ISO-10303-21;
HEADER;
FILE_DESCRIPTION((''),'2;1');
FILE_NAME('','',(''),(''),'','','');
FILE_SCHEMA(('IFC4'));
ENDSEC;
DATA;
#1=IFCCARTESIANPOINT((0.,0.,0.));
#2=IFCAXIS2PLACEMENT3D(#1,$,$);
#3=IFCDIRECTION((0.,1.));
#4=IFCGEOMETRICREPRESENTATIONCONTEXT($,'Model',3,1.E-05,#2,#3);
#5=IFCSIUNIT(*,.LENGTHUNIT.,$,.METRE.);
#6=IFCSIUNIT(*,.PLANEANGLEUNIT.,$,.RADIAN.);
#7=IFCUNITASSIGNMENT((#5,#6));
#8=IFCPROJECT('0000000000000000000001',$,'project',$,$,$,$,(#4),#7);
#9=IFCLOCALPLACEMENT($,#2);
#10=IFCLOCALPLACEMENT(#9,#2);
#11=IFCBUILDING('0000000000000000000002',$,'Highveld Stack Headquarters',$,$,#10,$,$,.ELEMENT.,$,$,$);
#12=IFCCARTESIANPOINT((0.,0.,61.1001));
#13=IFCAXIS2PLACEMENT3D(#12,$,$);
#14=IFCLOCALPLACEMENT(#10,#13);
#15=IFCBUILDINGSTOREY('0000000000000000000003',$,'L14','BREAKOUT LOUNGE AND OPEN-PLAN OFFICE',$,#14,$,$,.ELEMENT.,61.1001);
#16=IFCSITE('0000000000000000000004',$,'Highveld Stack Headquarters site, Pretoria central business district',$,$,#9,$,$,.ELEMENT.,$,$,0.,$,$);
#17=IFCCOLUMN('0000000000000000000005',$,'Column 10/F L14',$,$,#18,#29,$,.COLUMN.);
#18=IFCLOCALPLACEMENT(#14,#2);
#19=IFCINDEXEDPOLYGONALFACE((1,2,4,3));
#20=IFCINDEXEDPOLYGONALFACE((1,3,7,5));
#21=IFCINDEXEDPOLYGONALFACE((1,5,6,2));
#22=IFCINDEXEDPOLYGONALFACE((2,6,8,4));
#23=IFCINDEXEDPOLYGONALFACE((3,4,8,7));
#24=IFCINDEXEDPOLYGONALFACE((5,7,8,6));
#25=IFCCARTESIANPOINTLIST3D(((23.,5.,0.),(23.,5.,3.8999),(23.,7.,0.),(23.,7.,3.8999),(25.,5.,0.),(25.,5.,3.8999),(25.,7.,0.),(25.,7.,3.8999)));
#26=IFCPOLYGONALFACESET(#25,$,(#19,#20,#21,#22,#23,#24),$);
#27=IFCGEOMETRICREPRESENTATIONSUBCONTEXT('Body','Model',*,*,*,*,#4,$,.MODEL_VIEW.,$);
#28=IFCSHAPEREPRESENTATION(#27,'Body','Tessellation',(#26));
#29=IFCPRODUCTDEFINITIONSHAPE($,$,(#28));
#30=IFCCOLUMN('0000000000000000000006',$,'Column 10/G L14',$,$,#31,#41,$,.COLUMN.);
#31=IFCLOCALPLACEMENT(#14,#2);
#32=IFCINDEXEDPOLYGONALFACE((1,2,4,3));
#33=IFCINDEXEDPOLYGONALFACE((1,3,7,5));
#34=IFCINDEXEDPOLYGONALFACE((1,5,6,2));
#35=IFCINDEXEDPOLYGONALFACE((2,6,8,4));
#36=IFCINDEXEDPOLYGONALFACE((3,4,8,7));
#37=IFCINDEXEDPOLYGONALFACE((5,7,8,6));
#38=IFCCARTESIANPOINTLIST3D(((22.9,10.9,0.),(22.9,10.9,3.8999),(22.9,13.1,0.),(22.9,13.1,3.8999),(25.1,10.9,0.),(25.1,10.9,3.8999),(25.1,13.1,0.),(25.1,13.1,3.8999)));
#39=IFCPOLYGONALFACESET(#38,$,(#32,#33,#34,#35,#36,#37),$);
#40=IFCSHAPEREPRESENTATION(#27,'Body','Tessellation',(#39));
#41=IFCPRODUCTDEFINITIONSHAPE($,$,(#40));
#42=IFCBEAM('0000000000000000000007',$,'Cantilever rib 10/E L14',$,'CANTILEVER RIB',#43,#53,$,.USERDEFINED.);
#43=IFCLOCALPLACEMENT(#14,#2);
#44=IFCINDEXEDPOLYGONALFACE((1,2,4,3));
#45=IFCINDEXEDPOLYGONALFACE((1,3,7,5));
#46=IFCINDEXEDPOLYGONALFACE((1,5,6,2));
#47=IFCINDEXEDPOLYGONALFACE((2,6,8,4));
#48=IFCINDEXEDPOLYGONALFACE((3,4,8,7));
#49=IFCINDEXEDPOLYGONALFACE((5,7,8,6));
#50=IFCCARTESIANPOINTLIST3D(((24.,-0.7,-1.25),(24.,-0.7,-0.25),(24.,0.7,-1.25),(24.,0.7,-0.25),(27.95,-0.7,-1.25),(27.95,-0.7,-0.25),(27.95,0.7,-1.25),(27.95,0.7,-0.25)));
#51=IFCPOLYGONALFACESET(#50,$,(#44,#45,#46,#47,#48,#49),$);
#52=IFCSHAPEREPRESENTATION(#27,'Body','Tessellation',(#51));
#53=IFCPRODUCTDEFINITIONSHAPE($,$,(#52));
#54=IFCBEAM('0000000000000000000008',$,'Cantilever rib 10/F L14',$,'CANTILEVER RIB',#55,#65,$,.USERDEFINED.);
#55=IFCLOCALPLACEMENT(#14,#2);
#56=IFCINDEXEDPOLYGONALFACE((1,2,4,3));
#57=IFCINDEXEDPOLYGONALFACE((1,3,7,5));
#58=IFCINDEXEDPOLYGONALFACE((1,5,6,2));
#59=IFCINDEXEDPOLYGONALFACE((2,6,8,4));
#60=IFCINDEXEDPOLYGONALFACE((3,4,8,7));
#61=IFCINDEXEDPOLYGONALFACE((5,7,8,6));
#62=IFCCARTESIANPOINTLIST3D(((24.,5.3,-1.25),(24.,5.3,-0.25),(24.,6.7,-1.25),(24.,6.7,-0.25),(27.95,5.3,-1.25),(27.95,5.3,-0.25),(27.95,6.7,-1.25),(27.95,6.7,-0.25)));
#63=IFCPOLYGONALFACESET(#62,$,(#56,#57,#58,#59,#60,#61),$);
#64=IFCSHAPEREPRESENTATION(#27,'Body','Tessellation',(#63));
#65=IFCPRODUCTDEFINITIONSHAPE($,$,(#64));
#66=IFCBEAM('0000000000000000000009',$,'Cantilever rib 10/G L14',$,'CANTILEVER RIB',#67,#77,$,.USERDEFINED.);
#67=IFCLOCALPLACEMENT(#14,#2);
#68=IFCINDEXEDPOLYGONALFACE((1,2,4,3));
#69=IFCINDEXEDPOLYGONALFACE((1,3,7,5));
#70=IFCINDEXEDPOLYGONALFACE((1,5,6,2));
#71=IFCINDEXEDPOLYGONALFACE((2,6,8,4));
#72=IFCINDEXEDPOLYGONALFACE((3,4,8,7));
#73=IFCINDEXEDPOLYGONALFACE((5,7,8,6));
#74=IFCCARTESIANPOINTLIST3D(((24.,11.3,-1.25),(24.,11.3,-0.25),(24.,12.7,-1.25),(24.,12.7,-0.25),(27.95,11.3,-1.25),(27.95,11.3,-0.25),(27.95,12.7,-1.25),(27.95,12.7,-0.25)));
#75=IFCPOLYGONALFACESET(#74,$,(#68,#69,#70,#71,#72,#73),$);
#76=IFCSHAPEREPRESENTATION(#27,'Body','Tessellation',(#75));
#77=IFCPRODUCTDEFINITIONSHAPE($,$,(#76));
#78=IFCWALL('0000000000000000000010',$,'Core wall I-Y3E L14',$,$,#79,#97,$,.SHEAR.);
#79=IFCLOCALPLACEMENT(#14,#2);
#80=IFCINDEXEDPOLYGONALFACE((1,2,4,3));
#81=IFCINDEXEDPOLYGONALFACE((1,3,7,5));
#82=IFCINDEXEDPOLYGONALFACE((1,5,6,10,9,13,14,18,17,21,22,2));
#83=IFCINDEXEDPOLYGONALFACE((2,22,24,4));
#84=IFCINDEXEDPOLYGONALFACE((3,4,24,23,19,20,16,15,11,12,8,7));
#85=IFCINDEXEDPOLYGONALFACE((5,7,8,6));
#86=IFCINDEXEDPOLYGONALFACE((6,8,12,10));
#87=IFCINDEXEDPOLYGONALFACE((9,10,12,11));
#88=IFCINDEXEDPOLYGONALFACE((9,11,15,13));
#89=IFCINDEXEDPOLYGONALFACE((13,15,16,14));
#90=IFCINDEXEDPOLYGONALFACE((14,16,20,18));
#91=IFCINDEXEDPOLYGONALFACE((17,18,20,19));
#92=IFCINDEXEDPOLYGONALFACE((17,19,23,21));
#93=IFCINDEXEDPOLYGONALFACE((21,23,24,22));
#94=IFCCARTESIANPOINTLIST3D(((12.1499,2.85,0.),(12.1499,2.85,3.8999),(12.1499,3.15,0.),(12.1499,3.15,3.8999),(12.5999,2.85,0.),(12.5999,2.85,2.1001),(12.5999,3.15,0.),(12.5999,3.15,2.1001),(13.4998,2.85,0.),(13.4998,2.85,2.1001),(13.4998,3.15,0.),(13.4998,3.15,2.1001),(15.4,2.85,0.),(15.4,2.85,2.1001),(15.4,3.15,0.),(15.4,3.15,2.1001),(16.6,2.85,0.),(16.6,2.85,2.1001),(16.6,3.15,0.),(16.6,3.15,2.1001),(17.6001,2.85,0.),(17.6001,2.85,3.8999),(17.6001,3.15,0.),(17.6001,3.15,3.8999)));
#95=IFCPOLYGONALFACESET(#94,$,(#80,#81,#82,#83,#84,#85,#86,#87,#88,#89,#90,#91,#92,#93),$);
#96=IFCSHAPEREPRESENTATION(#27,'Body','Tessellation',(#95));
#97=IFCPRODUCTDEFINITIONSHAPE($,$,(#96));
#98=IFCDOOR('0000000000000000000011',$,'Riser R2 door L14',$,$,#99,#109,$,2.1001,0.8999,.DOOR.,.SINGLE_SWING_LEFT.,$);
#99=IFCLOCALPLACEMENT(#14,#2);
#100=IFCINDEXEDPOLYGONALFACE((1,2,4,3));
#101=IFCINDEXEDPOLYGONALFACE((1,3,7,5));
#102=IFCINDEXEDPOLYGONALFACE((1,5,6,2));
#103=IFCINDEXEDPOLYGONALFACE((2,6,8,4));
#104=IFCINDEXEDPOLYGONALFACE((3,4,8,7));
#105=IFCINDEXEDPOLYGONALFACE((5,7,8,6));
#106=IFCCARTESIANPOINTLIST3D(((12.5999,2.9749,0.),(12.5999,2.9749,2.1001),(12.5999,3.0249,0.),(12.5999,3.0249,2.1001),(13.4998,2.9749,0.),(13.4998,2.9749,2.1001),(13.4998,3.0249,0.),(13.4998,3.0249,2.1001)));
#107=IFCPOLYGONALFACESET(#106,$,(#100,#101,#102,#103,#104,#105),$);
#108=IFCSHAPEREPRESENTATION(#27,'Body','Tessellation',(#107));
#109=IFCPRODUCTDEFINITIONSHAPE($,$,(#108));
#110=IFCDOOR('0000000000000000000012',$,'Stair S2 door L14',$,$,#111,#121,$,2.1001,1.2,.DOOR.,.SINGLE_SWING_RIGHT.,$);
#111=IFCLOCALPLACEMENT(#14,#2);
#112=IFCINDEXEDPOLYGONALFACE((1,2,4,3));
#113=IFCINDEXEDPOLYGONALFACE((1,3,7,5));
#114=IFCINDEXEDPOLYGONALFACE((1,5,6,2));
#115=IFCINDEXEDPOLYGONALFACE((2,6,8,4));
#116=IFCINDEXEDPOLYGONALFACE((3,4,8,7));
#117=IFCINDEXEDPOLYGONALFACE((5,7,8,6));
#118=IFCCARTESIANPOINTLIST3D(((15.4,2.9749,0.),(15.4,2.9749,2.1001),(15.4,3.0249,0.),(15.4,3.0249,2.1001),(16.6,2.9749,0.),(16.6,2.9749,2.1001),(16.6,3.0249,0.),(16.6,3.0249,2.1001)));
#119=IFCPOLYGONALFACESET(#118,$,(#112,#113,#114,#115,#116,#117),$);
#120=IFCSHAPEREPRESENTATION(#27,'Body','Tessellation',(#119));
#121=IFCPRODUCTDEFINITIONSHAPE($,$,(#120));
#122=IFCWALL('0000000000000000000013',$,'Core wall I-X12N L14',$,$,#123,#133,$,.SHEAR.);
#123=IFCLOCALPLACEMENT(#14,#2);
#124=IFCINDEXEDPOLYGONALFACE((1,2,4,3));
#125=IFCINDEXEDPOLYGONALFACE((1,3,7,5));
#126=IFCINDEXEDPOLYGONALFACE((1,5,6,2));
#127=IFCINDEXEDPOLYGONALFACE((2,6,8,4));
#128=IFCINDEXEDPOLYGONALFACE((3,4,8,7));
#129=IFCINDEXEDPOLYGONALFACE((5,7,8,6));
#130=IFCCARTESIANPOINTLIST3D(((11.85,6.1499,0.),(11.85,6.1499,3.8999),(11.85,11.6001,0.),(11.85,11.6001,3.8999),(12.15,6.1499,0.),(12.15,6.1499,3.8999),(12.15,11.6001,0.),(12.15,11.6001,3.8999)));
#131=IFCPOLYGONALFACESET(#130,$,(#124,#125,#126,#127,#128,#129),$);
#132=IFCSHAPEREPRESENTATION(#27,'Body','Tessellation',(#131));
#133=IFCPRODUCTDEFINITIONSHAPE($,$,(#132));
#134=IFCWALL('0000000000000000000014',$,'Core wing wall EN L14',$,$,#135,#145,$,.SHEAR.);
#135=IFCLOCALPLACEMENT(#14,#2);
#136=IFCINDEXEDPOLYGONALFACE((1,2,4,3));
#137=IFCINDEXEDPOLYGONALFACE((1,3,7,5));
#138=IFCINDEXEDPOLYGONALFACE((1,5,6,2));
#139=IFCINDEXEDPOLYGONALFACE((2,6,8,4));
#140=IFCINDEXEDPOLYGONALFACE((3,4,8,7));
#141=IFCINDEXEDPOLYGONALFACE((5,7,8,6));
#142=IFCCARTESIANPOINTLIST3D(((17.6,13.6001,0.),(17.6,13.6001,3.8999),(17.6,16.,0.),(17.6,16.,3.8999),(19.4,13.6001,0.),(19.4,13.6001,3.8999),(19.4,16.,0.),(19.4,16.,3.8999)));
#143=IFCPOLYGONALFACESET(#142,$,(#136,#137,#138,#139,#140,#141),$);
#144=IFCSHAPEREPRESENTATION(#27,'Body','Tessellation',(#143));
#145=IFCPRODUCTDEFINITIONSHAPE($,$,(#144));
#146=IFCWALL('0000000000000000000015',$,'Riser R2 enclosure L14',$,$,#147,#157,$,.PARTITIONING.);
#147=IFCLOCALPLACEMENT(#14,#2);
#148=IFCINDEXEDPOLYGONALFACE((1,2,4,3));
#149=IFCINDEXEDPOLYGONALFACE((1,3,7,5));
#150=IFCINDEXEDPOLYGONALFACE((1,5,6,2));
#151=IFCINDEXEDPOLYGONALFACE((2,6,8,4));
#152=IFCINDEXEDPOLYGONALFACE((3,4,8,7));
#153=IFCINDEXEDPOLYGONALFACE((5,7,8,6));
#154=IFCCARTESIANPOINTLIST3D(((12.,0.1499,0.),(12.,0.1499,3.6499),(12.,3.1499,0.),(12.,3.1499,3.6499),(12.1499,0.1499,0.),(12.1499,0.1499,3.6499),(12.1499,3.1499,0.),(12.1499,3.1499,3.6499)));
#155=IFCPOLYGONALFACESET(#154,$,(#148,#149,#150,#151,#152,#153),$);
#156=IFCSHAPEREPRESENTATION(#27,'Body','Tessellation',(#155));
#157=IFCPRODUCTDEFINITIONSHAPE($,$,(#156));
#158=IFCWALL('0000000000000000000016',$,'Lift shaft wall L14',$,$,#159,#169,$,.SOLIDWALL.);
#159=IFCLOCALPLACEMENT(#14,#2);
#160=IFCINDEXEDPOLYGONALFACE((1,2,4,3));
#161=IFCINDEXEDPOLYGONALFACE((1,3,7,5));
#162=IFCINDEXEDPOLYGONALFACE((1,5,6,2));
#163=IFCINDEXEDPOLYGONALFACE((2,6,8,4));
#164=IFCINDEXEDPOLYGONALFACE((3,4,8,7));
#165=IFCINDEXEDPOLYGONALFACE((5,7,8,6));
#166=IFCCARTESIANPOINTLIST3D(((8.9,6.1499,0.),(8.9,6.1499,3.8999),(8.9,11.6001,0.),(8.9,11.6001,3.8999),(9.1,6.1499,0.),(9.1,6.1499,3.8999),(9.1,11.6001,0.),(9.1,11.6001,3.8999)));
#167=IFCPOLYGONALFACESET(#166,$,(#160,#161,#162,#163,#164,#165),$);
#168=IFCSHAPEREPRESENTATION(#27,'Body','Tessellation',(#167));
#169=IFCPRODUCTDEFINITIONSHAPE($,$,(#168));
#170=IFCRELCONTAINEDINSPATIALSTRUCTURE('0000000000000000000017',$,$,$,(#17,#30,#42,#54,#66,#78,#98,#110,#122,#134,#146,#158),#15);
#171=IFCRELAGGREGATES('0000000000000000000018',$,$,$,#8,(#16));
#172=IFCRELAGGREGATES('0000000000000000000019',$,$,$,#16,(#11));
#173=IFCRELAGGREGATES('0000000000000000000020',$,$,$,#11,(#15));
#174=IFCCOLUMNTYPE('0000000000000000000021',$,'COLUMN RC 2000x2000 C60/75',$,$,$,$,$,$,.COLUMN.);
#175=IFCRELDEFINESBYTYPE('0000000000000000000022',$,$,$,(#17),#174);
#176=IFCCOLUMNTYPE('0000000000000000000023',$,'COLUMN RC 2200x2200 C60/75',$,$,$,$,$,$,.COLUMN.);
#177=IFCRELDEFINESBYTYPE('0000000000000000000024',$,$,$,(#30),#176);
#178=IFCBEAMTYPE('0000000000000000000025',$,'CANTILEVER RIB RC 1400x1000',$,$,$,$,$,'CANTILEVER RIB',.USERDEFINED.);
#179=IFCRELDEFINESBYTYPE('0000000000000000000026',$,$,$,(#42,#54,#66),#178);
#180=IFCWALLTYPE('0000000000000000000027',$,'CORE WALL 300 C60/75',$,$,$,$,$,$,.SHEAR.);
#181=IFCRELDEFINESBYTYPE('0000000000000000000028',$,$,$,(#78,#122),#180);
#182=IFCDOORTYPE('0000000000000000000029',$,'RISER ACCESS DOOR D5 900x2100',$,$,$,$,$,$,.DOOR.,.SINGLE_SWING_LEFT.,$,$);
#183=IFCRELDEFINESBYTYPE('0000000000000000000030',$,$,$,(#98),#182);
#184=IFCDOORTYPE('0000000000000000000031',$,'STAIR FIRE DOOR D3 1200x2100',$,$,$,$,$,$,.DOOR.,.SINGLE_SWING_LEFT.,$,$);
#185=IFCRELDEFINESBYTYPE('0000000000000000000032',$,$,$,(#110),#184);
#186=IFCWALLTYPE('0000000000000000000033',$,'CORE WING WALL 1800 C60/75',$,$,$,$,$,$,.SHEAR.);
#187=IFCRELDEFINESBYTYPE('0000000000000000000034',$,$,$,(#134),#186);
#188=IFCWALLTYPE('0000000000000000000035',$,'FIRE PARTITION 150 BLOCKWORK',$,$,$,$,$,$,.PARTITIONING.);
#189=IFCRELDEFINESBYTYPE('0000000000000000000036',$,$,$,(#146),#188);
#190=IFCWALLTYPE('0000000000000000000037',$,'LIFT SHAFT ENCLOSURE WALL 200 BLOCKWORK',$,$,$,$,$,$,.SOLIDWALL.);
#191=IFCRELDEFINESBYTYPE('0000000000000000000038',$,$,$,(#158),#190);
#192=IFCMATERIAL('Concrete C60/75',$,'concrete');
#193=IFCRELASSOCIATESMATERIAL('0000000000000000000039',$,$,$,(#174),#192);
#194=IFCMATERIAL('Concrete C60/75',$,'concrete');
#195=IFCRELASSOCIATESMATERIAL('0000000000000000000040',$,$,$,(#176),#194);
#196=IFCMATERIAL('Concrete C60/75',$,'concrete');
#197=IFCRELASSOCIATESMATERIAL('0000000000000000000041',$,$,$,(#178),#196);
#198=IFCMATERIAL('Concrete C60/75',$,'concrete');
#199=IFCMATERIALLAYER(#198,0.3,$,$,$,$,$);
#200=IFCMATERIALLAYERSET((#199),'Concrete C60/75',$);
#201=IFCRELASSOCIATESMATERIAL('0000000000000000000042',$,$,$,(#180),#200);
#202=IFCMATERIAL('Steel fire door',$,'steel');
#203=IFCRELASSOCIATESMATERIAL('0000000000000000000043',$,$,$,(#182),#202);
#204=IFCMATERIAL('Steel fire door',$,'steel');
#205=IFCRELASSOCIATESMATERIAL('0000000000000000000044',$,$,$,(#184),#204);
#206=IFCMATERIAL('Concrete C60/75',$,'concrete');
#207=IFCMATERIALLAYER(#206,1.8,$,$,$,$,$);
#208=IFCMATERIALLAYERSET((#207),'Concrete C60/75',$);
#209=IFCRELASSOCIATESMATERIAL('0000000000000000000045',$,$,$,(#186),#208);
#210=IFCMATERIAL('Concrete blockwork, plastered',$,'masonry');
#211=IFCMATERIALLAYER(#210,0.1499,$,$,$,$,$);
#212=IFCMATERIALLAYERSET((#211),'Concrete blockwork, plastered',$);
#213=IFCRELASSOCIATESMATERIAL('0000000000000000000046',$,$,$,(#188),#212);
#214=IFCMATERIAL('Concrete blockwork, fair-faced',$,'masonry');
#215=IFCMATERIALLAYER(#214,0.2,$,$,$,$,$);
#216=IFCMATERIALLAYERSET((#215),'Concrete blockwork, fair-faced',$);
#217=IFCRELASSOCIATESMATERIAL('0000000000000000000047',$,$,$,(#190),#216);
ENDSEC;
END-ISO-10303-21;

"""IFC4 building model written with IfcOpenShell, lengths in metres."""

from ifc_helpers import new_model, si_unit, direction, frame, frame_2d, origin, origin_2d, place, context, subcontext, project, spatial, rectangle, extrude, material, layer, layer_set, material_profile, profile_set, type_object, element, fill, save


model = new_model("IFC4")

# Units and contexts
model_context = context("Model", 3, precision=1e-05, world=origin(), true_north=direction((0.0, 1.0)))
body_context = subcontext(model_context, "Body", "Model", "MODEL_VIEW")
ifc_project = project(units=[si_unit("LENGTHUNIT", "METRE"), si_unit("PLANEANGLEUNIT", "RADIAN")], contexts=[model_context])

# Site, building, storey
site_placement = place(None, origin())
site = spatial("IfcSite", under=ifc_project, at=site_placement, Name="Highveld Stack Headquarters site, Pretoria central business district", CompositionType="ELEMENT", RefElevation=0.0)
building_placement = place(site_placement, origin())
building = spatial("IfcBuilding", under=site, at=building_placement, Name="Highveld Stack Headquarters", CompositionType="ELEMENT")
storey_placement = place(building_placement, frame((0.0, 0.0, 61.1001)))
storey = spatial("IfcBuildingStorey", under=building, at=storey_placement, Name="L14", Description="BREAKOUT LOUNGE AND OPEN-PLAN OFFICE", CompositionType="ELEMENT", Elevation=61.1001)

# Columns
ifc_material_1 = material(Name="Concrete C60/75", Category="concrete")
ifc_material_profile_1 = material_profile(ifc_material_1, rectangle(XDim=2.0, YDim=2.0, at=origin_2d()), Name="RC 2000x2000")
ifc_profile_set_1 = profile_set([ifc_material_profile_1], Name="Concrete C60/75")
column_type_1 = type_object("IfcColumnType", Name="COLUMN RC 2000x2000 C60/75", PredefinedType="COLUMN", material=ifc_profile_set_1)
column_1_placement = place(storey_placement, frame((24.0, 6.0, 0.0), z_axis=(0.0, 0.0, 1.0), x_axis=(1.0, 0.0, 0.0)))
element("IfcColumn", 1, at=column_1_placement, inside=storey, type_object=column_type_1, Name="Column 10/F L14", PredefinedType="COLUMN", context=body_context, shape_type="SweptSolid", body=[
    extrude(rectangle(XDim=2.0, YDim=2.0, at=origin_2d()), origin(), (0.0, 0.0, 1.0), 3.8999),
])
ifc_material_2 = material(Name="Concrete C60/75", Category="concrete")
ifc_material_profile_2 = material_profile(ifc_material_2, rectangle(XDim=2.2, YDim=2.2, at=origin_2d()), Name="RC 2200x2200")
ifc_profile_set_2 = profile_set([ifc_material_profile_2], Name="Concrete C60/75")
column_type_2 = type_object("IfcColumnType", Name="COLUMN RC 2200x2200 C60/75", PredefinedType="COLUMN", material=ifc_profile_set_2)
column_2_placement = place(storey_placement, frame((24.0, 12.0, 0.0), z_axis=(0.0, 0.0, 1.0), x_axis=(1.0, 0.0, 0.0)))
element("IfcColumn", 2, at=column_2_placement, inside=storey, type_object=column_type_2, Name="Column 10/G L14", PredefinedType="COLUMN", context=body_context, shape_type="SweptSolid", body=[
    extrude(rectangle(XDim=2.2, YDim=2.2, at=origin_2d()), origin(), (0.0, 0.0, 1.0), 3.8999),
])

# Beams
ifc_material_3 = material(Name="Concrete C60/75", Category="concrete")
ifc_material_profile_3 = material_profile(ifc_material_3, rectangle(XDim=1.3999, YDim=1.0, at=origin_2d()), Name="RC 1400x1000")
ifc_profile_set_3 = profile_set([ifc_material_profile_3], Name="Concrete C60/75")
beam_type = type_object("IfcBeamType", Name="CANTILEVER RIB RC 1400x1000", ElementType="CANTILEVER RIB", PredefinedType="USERDEFINED", material=ifc_profile_set_3)
for number, where, z_axis, x_axis, name in (
    (3, (24.0, 0.0, -0.75), (1.0, 0.0, 0.0), (0.0, 1.0, 0.0), "Cantilever rib 10/E L14"),
    (4, (24.0, 6.0, -0.75), (1.0, 0.0, 0.0), (0.0, 1.0, 0.0), "Cantilever rib 10/F L14"),
    (5, (24.0, 12.0, -0.75), (1.0, 0.0, 0.0), (0.0, 1.0, 0.0), "Cantilever rib 10/G L14"),
):
    element("IfcBeam", number, at=place(storey_placement, frame(where, z_axis=z_axis, x_axis=x_axis)), inside=storey, type_object=beam_type, Name=name, ObjectType="CANTILEVER RIB", PredefinedType="USERDEFINED", context=body_context, shape_type="SweptSolid", body=[
        extrude(rectangle(XDim=1.3999, YDim=1.0, at=origin_2d()), origin(), (0.0, 0.0, 1.0), 3.95),
    ])

# Wall, openings, doors
ifc_material_4 = material(Name="Concrete C60/75", Category="concrete")
ifc_layer_1 = layer(ifc_material_4, 0.3)
ifc_layer_set_1 = layer_set([ifc_layer_1], Name="Concrete C60/75")
wall_type_1 = type_object("IfcWallType", Name="CORE WALL 300 C60/75", PredefinedType="SHEAR", material=ifc_layer_set_1)
wall_1_placement = place(storey_placement, frame((12.1499, 3.0, 0.0), z_axis=(0.0, 0.0, 1.0), x_axis=(1.0, 0.0, 0.0)))
wall_1 = element("IfcWall", 6, at=wall_1_placement, inside=storey, type_object=wall_type_1, Name="Core wall I-Y3E L14", PredefinedType="SHEAR", context=body_context, shape_type="SweptSolid", body=[
    extrude(rectangle(XDim=5.4502, YDim=0.3, at=frame_2d((2.7251, 0.0))), origin(), (0.0, 0.0, 1.0), 3.8999),
])
opening_1_placement = place(wall_1_placement, frame((3.25, 0.0, 0.0)))
opening_1 = element("IfcOpeningElement", 7, at=opening_1_placement, cuts=wall_1, PredefinedType="OPENING", context=body_context, shape_type="SweptSolid", body=[
    extrude(rectangle(XDim=1.2, YDim=2.1001, at=frame_2d((0.6001, 1.05))), frame((0.0, 0.1599, 0.0), z_axis=(0.0, -1.0, 0.0), x_axis=(1.0, 0.0, 0.0)), (0.0, 0.0, 1.0), 0.3201),
])
opening_2_placement = place(wall_1_placement, frame((0.45, 0.0, 0.0)))
opening_2 = element("IfcOpeningElement", 8, at=opening_2_placement, cuts=wall_1, PredefinedType="OPENING", context=body_context, shape_type="SweptSolid", body=[
    extrude(rectangle(XDim=0.8999, YDim=2.1001, at=frame_2d((0.45, 1.05))), frame((0.0, 0.1599, 0.0), z_axis=(0.0, -1.0, 0.0), x_axis=(1.0, 0.0, 0.0)), (0.0, 0.0, 1.0), 0.3201),
])
ifc_material_5 = material(Name="Steel fire door", Category="steel")
door_type_1 = type_object("IfcDoorType", Name="RISER ACCESS DOOR D5 900x2100", OperationType="SINGLE_SWING_LEFT", PredefinedType="DOOR", material=ifc_material_5)
door_1_placement = place(opening_2_placement, origin())
door_1 = element("IfcDoor", 9, at=door_1_placement, inside=storey, type_object=door_type_1, Name="Riser R2 door L14", OperationType="SINGLE_SWING_LEFT", OverallHeight=2.1001, OverallWidth=0.8999, PredefinedType="DOOR", context=body_context, shape_type="SweptSolid", body=[
    extrude(rectangle(XDim=0.8999, YDim=2.1001, at=frame_2d((0.45, 1.05))), frame((0.0, 0.0249, 0.0), z_axis=(0.0, -1.0, 0.0), x_axis=(1.0, 0.0, 0.0)), (0.0, 0.0, 1.0), 0.05),
])
fill(opening_2, door_1)
ifc_material_6 = material(Name="Steel fire door", Category="steel")
door_type_2 = type_object("IfcDoorType", Name="STAIR FIRE DOOR D3 1200x2100", OperationType="SINGLE_SWING_LEFT", PredefinedType="DOOR", material=ifc_material_6)
door_2_placement = place(opening_1_placement, origin())
door_2 = element("IfcDoor", 10, at=door_2_placement, inside=storey, type_object=door_type_2, Name="Stair S2 door L14", OperationType="SINGLE_SWING_RIGHT", OverallHeight=2.1001, OverallWidth=1.2, PredefinedType="DOOR", context=body_context, shape_type="SweptSolid", body=[
    extrude(rectangle(XDim=1.2, YDim=2.1001, at=frame_2d((0.6001, 1.05))), frame((0.0, 0.0249, 0.0), z_axis=(0.0, -1.0, 0.0), x_axis=(1.0, 0.0, 0.0)), (0.0, 0.0, 1.0), 0.05),
])
fill(opening_1, door_2)

# Walls
wall_2_placement = place(storey_placement, frame((12.0, 6.1499, 0.0), z_axis=(0.0, 0.0, 1.0), x_axis=(0.0, 1.0, 0.0)))
element("IfcWall", 11, at=wall_2_placement, inside=storey, type_object=wall_type_1, Name="Core wall I-X12N L14", PredefinedType="SHEAR", context=body_context, shape_type="SweptSolid", body=[
    extrude(rectangle(XDim=5.4502, YDim=0.3, at=frame_2d((2.7251, 0.0))), origin(), (0.0, 0.0, 1.0), 3.8999),
])
ifc_material_7 = material(Name="Concrete C60/75", Category="concrete")
ifc_layer_2 = layer(ifc_material_7, 1.8)
ifc_layer_set_2 = layer_set([ifc_layer_2], Name="Concrete C60/75")
wall_type_2 = type_object("IfcWallType", Name="CORE WING WALL 1800 C60/75", PredefinedType="SHEAR", material=ifc_layer_set_2)
wall_3_placement = place(storey_placement, frame((18.5, 13.6001, 0.0), z_axis=(0.0, 0.0, 1.0), x_axis=(0.0, 1.0, 0.0)))
element("IfcWall", 12, at=wall_3_placement, inside=storey, type_object=wall_type_2, Name="Core wing wall EN L14", PredefinedType="SHEAR", context=body_context, shape_type="SweptSolid", body=[
    extrude(rectangle(XDim=2.3999, YDim=1.8, at=frame_2d((1.2, 0.0))), origin(), (0.0, 0.0, 1.0), 3.8999),
])
ifc_material_8 = material(Name="Concrete blockwork, plastered", Category="masonry")
ifc_layer_3 = layer(ifc_material_8, 0.1499)
ifc_layer_set_3 = layer_set([ifc_layer_3], Name="Concrete blockwork, plastered")
wall_type_3 = type_object("IfcWallType", Name="FIRE PARTITION 150 BLOCKWORK", PredefinedType="PARTITIONING", material=ifc_layer_set_3)
wall_4_placement = place(storey_placement, frame((12.075, 0.1499, 0.0), z_axis=(0.0, 0.0, 1.0), x_axis=(0.0, 1.0, 0.0)))
element("IfcWall", 13, at=wall_4_placement, inside=storey, type_object=wall_type_3, Name="Riser R2 enclosure L14", PredefinedType="PARTITIONING", context=body_context, shape_type="SweptSolid", body=[
    extrude(rectangle(XDim=3.0, YDim=0.1499, at=frame_2d((1.5, 0.0))), origin(), (0.0, 0.0, 1.0), 3.6499),
])
ifc_material_9 = material(Name="Concrete blockwork, fair-faced", Category="masonry")
ifc_layer_4 = layer(ifc_material_9, 0.2)
ifc_layer_set_4 = layer_set([ifc_layer_4], Name="Concrete blockwork, fair-faced")
wall_type_4 = type_object("IfcWallType", Name="LIFT SHAFT ENCLOSURE WALL 200 BLOCKWORK", PredefinedType="SOLIDWALL", material=ifc_layer_set_4)
wall_5_placement = place(storey_placement, frame((9.0, 6.1499, 0.0), z_axis=(0.0, 0.0, 1.0), x_axis=(0.0, 1.0, 0.0)))
element("IfcWall", 14, at=wall_5_placement, inside=storey, type_object=wall_type_4, Name="Lift shaft wall L14", PredefinedType="SOLIDWALL", context=body_context, shape_type="SweptSolid", body=[
    extrude(rectangle(XDim=5.4502, YDim=0.2, at=frame_2d((2.7251, 0.0))), origin(), (0.0, 0.0, 1.0), 3.8999),
])

save(model, "model.ifc")
